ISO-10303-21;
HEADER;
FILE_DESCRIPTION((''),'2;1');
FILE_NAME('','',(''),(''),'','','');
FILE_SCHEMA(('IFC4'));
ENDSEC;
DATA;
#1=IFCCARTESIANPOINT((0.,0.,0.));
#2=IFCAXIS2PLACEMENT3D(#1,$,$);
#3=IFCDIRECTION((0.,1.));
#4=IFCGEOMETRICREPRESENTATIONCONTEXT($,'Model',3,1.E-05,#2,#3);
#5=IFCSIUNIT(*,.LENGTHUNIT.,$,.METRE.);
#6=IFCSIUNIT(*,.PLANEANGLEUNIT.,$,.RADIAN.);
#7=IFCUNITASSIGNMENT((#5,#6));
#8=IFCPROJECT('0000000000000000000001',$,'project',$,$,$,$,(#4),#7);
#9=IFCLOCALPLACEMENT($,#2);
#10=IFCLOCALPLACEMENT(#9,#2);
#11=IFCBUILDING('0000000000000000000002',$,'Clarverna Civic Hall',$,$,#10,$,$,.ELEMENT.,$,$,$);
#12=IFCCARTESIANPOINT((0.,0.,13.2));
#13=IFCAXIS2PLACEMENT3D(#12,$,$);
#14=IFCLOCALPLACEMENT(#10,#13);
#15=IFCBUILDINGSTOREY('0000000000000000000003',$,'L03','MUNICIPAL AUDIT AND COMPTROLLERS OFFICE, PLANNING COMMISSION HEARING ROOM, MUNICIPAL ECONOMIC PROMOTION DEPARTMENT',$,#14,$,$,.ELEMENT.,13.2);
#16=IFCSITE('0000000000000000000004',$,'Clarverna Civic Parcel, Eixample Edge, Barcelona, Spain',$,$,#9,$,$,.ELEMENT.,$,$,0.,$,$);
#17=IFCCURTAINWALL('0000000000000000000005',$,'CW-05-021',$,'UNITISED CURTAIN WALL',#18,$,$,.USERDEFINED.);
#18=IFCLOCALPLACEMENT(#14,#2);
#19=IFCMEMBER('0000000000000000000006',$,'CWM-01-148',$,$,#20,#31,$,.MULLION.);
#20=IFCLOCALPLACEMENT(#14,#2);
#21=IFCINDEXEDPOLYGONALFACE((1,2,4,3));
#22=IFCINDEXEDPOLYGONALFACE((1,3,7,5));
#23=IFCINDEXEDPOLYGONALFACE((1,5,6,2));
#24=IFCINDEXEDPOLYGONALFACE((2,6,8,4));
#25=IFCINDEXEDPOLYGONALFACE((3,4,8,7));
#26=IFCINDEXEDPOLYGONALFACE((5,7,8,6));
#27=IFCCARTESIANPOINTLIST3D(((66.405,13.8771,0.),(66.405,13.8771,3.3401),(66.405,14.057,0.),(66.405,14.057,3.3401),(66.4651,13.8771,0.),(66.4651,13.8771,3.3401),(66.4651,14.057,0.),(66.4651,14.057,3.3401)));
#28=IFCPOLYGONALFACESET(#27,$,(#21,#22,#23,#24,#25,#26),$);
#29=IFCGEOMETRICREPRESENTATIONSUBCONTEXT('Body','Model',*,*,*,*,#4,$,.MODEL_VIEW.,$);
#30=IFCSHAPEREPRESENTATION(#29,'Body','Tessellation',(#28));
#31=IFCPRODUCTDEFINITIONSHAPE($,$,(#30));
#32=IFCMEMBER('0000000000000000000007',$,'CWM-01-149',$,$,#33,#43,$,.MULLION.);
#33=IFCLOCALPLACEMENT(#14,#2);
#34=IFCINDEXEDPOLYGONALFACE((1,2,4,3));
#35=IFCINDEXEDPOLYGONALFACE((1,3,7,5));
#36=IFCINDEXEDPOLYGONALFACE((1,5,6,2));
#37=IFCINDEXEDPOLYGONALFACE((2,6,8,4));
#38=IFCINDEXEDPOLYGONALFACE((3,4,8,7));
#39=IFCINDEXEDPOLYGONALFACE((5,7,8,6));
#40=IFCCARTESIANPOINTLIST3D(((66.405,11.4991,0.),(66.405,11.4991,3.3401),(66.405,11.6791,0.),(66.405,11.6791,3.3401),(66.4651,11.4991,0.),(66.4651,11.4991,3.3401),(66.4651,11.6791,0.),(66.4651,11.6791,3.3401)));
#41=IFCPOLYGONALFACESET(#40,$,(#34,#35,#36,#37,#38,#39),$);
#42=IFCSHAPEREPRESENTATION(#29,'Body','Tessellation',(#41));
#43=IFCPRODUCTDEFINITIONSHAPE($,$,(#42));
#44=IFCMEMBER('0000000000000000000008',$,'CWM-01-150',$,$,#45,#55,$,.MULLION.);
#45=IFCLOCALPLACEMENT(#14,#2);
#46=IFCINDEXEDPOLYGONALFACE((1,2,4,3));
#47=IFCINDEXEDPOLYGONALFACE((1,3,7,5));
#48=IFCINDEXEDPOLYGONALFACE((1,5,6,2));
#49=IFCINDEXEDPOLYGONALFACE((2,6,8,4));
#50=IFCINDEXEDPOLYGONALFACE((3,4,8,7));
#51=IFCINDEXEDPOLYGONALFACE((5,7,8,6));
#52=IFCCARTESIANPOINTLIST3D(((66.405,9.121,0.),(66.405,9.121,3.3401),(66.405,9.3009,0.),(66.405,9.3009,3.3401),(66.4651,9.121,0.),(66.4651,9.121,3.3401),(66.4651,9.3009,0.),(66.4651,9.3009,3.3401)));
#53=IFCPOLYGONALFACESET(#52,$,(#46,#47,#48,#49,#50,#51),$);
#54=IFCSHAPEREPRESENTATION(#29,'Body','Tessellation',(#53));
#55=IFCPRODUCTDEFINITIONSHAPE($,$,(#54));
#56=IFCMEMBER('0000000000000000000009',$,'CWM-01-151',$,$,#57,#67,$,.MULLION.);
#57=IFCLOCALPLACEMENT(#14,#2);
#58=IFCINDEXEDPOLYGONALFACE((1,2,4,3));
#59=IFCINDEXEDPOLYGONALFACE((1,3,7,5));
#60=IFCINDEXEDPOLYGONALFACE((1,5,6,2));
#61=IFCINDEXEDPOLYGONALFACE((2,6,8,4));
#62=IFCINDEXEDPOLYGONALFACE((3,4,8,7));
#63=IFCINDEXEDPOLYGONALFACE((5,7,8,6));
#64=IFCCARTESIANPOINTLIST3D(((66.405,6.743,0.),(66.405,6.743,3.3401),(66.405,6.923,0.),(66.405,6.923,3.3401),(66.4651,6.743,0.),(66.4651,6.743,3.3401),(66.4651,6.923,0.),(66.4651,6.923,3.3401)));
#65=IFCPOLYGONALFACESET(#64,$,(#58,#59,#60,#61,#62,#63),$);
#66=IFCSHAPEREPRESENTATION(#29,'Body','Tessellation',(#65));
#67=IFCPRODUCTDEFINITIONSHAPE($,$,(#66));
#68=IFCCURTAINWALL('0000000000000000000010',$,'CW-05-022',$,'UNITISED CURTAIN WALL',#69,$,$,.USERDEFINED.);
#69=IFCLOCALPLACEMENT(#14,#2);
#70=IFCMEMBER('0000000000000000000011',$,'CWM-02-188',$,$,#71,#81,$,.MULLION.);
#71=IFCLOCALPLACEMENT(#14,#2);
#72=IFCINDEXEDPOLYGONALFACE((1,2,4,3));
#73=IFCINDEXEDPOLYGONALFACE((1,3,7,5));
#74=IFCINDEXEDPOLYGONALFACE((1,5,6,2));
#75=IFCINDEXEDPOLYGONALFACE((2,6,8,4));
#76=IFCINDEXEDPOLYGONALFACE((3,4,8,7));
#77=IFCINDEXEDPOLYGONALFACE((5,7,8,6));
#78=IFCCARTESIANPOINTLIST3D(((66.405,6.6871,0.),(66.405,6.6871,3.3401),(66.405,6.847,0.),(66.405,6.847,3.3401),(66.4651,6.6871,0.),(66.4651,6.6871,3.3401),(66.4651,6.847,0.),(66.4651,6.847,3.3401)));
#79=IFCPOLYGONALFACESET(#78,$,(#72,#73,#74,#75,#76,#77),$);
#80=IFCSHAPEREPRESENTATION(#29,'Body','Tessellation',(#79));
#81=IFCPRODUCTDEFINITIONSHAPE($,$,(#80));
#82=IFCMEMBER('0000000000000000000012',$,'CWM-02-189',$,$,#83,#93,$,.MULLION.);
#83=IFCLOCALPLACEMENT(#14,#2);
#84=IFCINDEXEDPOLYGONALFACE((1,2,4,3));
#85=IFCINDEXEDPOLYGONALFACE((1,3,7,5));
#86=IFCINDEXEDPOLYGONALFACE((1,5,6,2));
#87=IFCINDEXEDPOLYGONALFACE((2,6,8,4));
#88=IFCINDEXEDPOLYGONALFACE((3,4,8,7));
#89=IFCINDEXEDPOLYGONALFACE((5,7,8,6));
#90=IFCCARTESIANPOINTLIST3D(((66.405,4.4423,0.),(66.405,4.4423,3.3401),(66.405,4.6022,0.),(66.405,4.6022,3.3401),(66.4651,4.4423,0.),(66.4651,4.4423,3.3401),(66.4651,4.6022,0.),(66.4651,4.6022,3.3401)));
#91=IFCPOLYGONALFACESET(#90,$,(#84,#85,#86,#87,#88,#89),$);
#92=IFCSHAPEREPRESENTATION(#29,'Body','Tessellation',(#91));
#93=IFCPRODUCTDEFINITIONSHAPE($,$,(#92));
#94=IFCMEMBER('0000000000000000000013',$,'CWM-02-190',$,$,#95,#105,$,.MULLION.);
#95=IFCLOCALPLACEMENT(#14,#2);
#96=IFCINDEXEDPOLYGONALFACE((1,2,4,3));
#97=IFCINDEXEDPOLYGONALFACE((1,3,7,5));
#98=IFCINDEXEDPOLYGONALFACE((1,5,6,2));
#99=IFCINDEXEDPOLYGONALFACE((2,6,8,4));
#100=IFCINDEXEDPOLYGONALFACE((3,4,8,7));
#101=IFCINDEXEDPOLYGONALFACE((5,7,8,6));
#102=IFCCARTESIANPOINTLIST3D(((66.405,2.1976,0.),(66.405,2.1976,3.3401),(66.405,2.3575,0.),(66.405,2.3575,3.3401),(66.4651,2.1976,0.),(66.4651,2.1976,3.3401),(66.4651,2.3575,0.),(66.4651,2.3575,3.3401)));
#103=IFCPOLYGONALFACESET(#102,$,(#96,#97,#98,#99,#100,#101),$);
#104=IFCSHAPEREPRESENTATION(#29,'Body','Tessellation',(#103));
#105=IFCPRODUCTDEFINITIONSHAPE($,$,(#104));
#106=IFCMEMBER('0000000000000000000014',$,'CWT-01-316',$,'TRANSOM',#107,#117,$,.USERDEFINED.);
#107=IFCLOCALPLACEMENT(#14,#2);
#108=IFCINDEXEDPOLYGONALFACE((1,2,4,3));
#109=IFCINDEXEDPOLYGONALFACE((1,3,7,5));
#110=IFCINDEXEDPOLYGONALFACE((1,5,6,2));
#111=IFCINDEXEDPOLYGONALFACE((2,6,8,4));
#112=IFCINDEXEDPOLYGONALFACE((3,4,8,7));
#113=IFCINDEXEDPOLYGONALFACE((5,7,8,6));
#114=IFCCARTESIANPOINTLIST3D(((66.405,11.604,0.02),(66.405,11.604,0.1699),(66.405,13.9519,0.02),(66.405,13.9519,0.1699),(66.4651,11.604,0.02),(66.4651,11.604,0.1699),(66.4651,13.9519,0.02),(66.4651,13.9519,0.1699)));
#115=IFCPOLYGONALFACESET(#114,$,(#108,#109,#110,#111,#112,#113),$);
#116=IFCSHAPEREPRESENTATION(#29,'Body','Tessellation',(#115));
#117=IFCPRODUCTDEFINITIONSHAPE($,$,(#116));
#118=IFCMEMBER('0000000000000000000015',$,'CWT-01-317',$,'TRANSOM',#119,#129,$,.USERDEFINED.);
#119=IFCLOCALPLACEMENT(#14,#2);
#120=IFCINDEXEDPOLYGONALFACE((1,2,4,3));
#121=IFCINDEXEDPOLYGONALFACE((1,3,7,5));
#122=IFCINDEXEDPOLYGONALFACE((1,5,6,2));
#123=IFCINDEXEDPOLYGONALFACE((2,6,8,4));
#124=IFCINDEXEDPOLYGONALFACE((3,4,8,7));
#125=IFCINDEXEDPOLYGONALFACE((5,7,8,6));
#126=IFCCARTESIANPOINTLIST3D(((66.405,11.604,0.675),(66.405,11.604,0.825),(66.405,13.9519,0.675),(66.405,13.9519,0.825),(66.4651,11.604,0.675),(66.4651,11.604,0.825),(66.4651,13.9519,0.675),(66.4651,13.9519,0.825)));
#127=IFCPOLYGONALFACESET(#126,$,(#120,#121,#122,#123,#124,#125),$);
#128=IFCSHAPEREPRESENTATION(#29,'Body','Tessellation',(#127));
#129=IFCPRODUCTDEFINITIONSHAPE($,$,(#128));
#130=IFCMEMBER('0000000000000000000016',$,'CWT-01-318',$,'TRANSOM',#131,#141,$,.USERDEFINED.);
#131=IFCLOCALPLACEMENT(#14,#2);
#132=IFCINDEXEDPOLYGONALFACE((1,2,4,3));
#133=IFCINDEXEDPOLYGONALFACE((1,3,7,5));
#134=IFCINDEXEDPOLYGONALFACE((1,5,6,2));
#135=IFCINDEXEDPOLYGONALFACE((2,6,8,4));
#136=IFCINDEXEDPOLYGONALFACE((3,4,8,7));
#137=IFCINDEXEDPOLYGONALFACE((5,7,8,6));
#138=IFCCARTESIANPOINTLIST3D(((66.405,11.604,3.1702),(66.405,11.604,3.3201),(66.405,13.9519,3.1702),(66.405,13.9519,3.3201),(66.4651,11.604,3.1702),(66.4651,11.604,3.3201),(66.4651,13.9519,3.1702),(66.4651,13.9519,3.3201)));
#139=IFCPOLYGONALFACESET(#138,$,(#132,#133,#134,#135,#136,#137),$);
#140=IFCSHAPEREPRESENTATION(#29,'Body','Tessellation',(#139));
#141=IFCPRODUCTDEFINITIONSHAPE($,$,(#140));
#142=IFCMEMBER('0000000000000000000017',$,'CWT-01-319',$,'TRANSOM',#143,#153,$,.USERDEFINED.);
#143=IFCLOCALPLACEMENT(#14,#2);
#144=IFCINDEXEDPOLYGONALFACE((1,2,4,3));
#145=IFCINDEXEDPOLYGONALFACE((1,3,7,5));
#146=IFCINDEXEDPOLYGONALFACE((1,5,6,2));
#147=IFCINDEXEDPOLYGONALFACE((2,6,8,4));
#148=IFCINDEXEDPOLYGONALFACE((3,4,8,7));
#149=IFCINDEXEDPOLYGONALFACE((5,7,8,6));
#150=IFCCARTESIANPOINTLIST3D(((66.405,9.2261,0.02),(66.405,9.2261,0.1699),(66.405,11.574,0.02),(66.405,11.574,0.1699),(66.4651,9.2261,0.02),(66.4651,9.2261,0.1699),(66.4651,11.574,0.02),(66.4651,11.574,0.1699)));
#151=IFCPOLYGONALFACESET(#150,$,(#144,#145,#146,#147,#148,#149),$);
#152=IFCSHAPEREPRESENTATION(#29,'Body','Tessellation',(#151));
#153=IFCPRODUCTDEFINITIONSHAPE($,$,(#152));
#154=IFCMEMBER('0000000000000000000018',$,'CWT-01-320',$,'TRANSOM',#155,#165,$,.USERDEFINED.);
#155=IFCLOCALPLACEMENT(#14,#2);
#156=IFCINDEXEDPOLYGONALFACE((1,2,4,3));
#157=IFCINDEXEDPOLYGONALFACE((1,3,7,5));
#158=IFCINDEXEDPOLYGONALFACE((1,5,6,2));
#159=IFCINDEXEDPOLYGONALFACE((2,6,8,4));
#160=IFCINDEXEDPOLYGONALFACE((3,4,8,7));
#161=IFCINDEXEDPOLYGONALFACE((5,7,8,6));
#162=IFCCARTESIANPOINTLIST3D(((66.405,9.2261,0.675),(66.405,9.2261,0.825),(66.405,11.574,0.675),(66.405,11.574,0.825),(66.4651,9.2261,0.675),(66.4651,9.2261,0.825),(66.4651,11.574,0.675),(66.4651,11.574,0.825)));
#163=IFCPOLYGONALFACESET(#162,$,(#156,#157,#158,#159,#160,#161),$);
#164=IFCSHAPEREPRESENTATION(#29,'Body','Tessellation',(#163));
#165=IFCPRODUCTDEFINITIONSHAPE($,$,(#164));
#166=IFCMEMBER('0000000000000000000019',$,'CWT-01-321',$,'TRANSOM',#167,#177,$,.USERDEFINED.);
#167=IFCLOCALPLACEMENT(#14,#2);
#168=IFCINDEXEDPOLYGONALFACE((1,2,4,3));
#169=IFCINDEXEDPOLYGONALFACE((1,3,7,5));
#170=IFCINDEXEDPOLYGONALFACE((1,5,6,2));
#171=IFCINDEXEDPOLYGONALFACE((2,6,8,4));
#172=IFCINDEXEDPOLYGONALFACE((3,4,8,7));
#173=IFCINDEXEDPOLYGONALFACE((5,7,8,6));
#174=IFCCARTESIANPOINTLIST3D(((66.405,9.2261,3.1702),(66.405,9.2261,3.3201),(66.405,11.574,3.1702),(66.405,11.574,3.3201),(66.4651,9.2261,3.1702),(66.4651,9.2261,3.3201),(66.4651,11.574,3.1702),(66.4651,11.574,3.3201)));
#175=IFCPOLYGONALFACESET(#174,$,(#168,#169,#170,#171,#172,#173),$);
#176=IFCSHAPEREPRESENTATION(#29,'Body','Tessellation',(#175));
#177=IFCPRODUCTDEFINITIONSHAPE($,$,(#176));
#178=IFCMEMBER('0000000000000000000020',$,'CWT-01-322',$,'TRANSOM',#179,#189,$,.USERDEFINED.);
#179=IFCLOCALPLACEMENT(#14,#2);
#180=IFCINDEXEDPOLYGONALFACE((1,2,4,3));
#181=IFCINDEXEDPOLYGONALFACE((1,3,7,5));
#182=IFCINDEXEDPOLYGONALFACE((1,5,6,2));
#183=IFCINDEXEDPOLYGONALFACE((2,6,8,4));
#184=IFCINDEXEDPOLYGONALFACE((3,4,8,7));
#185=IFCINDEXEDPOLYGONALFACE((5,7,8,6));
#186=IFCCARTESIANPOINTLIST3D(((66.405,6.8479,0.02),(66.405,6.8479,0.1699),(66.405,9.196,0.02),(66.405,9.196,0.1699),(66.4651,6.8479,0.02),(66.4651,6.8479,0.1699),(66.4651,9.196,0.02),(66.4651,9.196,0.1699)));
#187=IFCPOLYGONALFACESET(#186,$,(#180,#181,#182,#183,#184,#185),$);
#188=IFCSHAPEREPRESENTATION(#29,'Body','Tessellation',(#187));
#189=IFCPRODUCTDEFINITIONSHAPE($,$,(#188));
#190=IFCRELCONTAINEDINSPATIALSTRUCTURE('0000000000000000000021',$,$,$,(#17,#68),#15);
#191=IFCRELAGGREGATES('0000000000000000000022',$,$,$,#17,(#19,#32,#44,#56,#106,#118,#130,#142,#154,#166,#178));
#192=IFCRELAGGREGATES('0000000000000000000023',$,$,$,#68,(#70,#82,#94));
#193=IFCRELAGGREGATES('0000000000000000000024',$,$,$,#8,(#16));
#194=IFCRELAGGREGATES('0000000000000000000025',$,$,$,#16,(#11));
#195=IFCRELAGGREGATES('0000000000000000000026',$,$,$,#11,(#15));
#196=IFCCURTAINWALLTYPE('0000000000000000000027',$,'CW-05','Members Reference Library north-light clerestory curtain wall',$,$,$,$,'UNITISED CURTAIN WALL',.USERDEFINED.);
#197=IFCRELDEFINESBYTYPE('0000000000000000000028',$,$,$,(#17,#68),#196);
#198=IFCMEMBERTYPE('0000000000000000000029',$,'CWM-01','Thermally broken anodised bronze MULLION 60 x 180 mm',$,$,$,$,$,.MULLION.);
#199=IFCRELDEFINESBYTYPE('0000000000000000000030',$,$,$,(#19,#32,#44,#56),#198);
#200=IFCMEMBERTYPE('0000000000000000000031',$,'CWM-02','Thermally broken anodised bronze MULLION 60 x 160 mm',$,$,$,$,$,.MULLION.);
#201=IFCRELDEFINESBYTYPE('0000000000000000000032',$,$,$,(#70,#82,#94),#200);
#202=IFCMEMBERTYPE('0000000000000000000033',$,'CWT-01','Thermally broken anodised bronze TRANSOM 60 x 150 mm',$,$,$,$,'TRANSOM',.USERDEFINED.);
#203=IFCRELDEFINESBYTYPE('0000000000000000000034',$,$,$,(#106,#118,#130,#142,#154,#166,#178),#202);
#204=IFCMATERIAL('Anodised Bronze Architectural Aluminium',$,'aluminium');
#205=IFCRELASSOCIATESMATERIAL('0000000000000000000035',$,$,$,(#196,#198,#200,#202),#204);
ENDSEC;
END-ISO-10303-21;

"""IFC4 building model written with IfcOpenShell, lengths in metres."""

from ifc_helpers import new_model, si_unit, direction, frame, origin, origin_2d, place, context, subcontext, project, spatial, rectangle, extrude, material, material_profile, profile_set, type_object, element, aggregate, save


model = new_model("IFC4")

# Units and contexts
model_context = context("Model", 3, precision=1e-05, world=origin(), true_north=direction((0.0, 1.0)))
body_context = subcontext(model_context, "Body", "Model", "MODEL_VIEW")
ifc_project = project(units=[si_unit("LENGTHUNIT", "METRE"), si_unit("PLANEANGLEUNIT", "RADIAN")], contexts=[model_context])

# Site, building, storey
site_placement = place(None, origin())
site = spatial("IfcSite", under=ifc_project, at=site_placement, Name="Clarverna Civic Parcel, Eixample Edge, Barcelona, Spain", CompositionType="ELEMENT", RefElevation=0.0)
building_placement = place(site_placement, origin())
building = spatial("IfcBuilding", under=site, at=building_placement, Name="Clarverna Civic Hall", CompositionType="ELEMENT")
storey_placement = place(building_placement, frame((0.0, 0.0, 13.2)))
storey = spatial("IfcBuildingStorey", under=building, at=storey_placement, Name="L03", Description="MUNICIPAL AUDIT AND COMPTROLLERS OFFICE, PLANNING COMMISSION HEARING ROOM, MUNICIPAL ECONOMIC PROMOTION DEPARTMENT", CompositionType="ELEMENT", Elevation=13.2)

# Curtain walls, members
ifc_material_1 = material(Name="Anodised Bronze Architectural Aluminium", Category="aluminium")
curtain_wall_type = type_object("IfcCurtainWallType", Name="CW-05", Description="Members Reference Library north-light clerestory curtain wall", ElementType="UNITISED CURTAIN WALL", PredefinedType="USERDEFINED", material=ifc_material_1)
curtain_wall_1_placement = place(storey_placement, origin())
curtain_wall_1 = element("IfcCurtainWall", 1, at=curtain_wall_1_placement, inside=storey, type_object=curtain_wall_type, Name="CW-05-021", ObjectType="UNITISED CURTAIN WALL", PredefinedType="USERDEFINED")
ifc_material_profile_1 = material_profile(ifc_material_1, rectangle(XDim=0.0601, YDim=0.1799, at=origin_2d()), Name="BRONZE 60x180")
ifc_profile_set_1 = profile_set([ifc_material_profile_1], Name="Anodised Bronze Architectural Aluminium")
member_type_1 = type_object("IfcMemberType", Name="CWM-01", Description="Thermally broken anodised bronze MULLION 60 x 180 mm", PredefinedType="MULLION", material=ifc_profile_set_1)
member_1_placement = place(storey_placement, frame((66.4351, 13.967, 0.0), z_axis=(0.0, 0.0, 1.0), x_axis=(1.0, 0.0, 0.0)))
member_1 = element("IfcMember", 2, at=member_1_placement, type_object=member_type_1, Name="CWM-01-148", PredefinedType="MULLION", context=body_context, shape_type="SweptSolid", body=[
    extrude(rectangle(XDim=0.0601, YDim=0.1799, at=origin_2d()), origin(), (0.0, 0.0, 1.0), 3.3401),
])
member_2_placement = place(storey_placement, frame((66.4351, 11.5891, 0.0), z_axis=(0.0, 0.0, 1.0), x_axis=(1.0, 0.0, 0.0)))
member_2 = element("IfcMember", 3, at=member_2_placement, type_object=member_type_1, Name="CWM-01-149", PredefinedType="MULLION", context=body_context, shape_type="SweptSolid", body=[
    extrude(rectangle(XDim=0.0601, YDim=0.1799, at=origin_2d()), origin(), (0.0, 0.0, 1.0), 3.3401),
])
member_3_placement = place(storey_placement, frame((66.4351, 9.2109, 0.0), z_axis=(0.0, 0.0, 1.0), x_axis=(1.0, 0.0, 0.0)))
member_3 = element("IfcMember", 4, at=member_3_placement, type_object=member_type_1, Name="CWM-01-150", PredefinedType="MULLION", context=body_context, shape_type="SweptSolid", body=[
    extrude(rectangle(XDim=0.0601, YDim=0.1799, at=origin_2d()), origin(), (0.0, 0.0, 1.0), 3.3401),
])
member_4_placement = place(storey_placement, frame((66.4351, 6.833, 0.0), z_axis=(0.0, 0.0, 1.0), x_axis=(1.0, 0.0, 0.0)))
member_4 = element("IfcMember", 5, at=member_4_placement, type_object=member_type_1, Name="CWM-01-151", PredefinedType="MULLION", context=body_context, shape_type="SweptSolid", body=[
    extrude(rectangle(XDim=0.0601, YDim=0.1799, at=origin_2d()), origin(), (0.0, 0.0, 1.0), 3.3401),
])
curtain_wall_2_placement = place(storey_placement, origin())
curtain_wall_2 = element("IfcCurtainWall", 6, at=curtain_wall_2_placement, inside=storey, type_object=curtain_wall_type, Name="CW-05-022", ObjectType="UNITISED CURTAIN WALL", PredefinedType="USERDEFINED")
ifc_material_profile_2 = material_profile(ifc_material_1, rectangle(XDim=0.0601, YDim=0.1599, at=origin_2d()), Name="BRONZE 60x160")
ifc_profile_set_2 = profile_set([ifc_material_profile_2], Name="Anodised Bronze Architectural Aluminium")
member_type_2 = type_object("IfcMemberType", Name="CWM-02", Description="Thermally broken anodised bronze MULLION 60 x 160 mm", PredefinedType="MULLION", material=ifc_profile_set_2)
member_5_placement = place(storey_placement, frame((66.4351, 6.7671, 0.0), z_axis=(0.0, 0.0, 1.0), x_axis=(1.0, 0.0, 0.0)))
member_5 = element("IfcMember", 7, at=member_5_placement, type_object=member_type_2, Name="CWM-02-188", PredefinedType="MULLION", context=body_context, shape_type="SweptSolid", body=[
    extrude(rectangle(XDim=0.0601, YDim=0.1599, at=origin_2d()), origin(), (0.0, 0.0, 1.0), 3.3401),
])
member_6_placement = place(storey_placement, frame((66.4351, 4.5222, 0.0), z_axis=(0.0, 0.0, 1.0), x_axis=(1.0, 0.0, 0.0)))
member_6 = element("IfcMember", 8, at=member_6_placement, type_object=member_type_2, Name="CWM-02-189", PredefinedType="MULLION", context=body_context, shape_type="SweptSolid", body=[
    extrude(rectangle(XDim=0.0601, YDim=0.1599, at=origin_2d()), origin(), (0.0, 0.0, 1.0), 3.3401),
])
member_7_placement = place(storey_placement, frame((66.4351, 2.2776, 0.0), z_axis=(0.0, 0.0, 1.0), x_axis=(1.0, 0.0, 0.0)))
member_7 = element("IfcMember", 9, at=member_7_placement, type_object=member_type_2, Name="CWM-02-190", PredefinedType="MULLION", context=body_context, shape_type="SweptSolid", body=[
    extrude(rectangle(XDim=0.0601, YDim=0.1599, at=origin_2d()), origin(), (0.0, 0.0, 1.0), 3.3401),
])

# Members
ifc_material_profile_3 = material_profile(ifc_material_1, rectangle(XDim=0.0601, YDim=0.1499, at=origin_2d()), Name="BRONZE 60x150")
ifc_profile_set_3 = profile_set([ifc_material_profile_3], Name="Anodised Bronze Architectural Aluminium")
member_type_3 = type_object("IfcMemberType", Name="CWT-01", Description="Thermally broken anodised bronze TRANSOM 60 x 150 mm", ElementType="TRANSOM", PredefinedType="USERDEFINED", material=ifc_profile_set_3)
member_8_placement = place(storey_placement, frame((66.4351, 13.9519, 0.095), z_axis=(0.0, -1.0, 0.0), x_axis=(1.0, 0.0, 0.0)))
member_8 = element("IfcMember", 10, at=member_8_placement, type_object=member_type_3, Name="CWT-01-316", ObjectType="TRANSOM", PredefinedType="USERDEFINED", context=body_context, shape_type="SweptSolid", body=[
    extrude(rectangle(XDim=0.0601, YDim=0.1499, at=origin_2d()), origin(), (0.0, 0.0, 1.0), 2.3479),
])
member_9_placement = place(storey_placement, frame((66.4351, 13.9519, 0.75), z_axis=(0.0, -1.0, 0.0), x_axis=(1.0, 0.0, 0.0)))
member_9 = element("IfcMember", 11, at=member_9_placement, type_object=member_type_3, Name="CWT-01-317", ObjectType="TRANSOM", PredefinedType="USERDEFINED", context=body_context, shape_type="SweptSolid", body=[
    extrude(rectangle(XDim=0.0601, YDim=0.1499, at=origin_2d()), origin(), (0.0, 0.0, 1.0), 2.3479),
])
member_10_placement = place(storey_placement, frame((66.4351, 13.9519, 3.2451), z_axis=(0.0, -1.0, 0.0), x_axis=(1.0, 0.0, 0.0)))
member_10 = element("IfcMember", 12, at=member_10_placement, type_object=member_type_3, Name="CWT-01-318", ObjectType="TRANSOM", PredefinedType="USERDEFINED", context=body_context, shape_type="SweptSolid", body=[
    extrude(rectangle(XDim=0.0601, YDim=0.1499, at=origin_2d()), origin(), (0.0, 0.0, 1.0), 2.3479),
])
member_11_placement = place(storey_placement, frame((66.4351, 11.574, 0.095), z_axis=(0.0, -1.0, 0.0), x_axis=(1.0, 0.0, 0.0)))
member_11 = element("IfcMember", 13, at=member_11_placement, type_object=member_type_3, Name="CWT-01-319", ObjectType="TRANSOM", PredefinedType="USERDEFINED", context=body_context, shape_type="SweptSolid", body=[
    extrude(rectangle(XDim=0.0601, YDim=0.1499, at=origin_2d()), origin(), (0.0, 0.0, 1.0), 2.3479),
])
member_12_placement = place(storey_placement, frame((66.4351, 11.574, 0.75), z_axis=(0.0, -1.0, 0.0), x_axis=(1.0, 0.0, 0.0)))
member_12 = element("IfcMember", 14, at=member_12_placement, type_object=member_type_3, Name="CWT-01-320", ObjectType="TRANSOM", PredefinedType="USERDEFINED", context=body_context, shape_type="SweptSolid", body=[
    extrude(rectangle(XDim=0.0601, YDim=0.1499, at=origin_2d()), origin(), (0.0, 0.0, 1.0), 2.3479),
])
member_13_placement = place(storey_placement, frame((66.4351, 11.574, 3.2451), z_axis=(0.0, -1.0, 0.0), x_axis=(1.0, 0.0, 0.0)))
member_13 = element("IfcMember", 15, at=member_13_placement, type_object=member_type_3, Name="CWT-01-321", ObjectType="TRANSOM", PredefinedType="USERDEFINED", context=body_context, shape_type="SweptSolid", body=[
    extrude(rectangle(XDim=0.0601, YDim=0.1499, at=origin_2d()), origin(), (0.0, 0.0, 1.0), 2.3479),
])
member_14_placement = place(storey_placement, frame((66.4351, 9.196, 0.095), z_axis=(0.0, -1.0, 0.0), x_axis=(1.0, 0.0, 0.0)))
member_14 = element("IfcMember", 16, at=member_14_placement, type_object=member_type_3, Name="CWT-01-322", ObjectType="TRANSOM", PredefinedType="USERDEFINED", context=body_context, shape_type="SweptSolid", body=[
    extrude(rectangle(XDim=0.0601, YDim=0.1499, at=origin_2d()), origin(), (0.0, 0.0, 1.0), 2.3481),
])

aggregate(curtain_wall_1, [member_1, member_2, member_3, member_4, member_8, member_9, member_10, member_11, member_12, member_13, member_14])
aggregate(curtain_wall_2, [member_5, member_6, member_7])

save(model, "model.ifc")
